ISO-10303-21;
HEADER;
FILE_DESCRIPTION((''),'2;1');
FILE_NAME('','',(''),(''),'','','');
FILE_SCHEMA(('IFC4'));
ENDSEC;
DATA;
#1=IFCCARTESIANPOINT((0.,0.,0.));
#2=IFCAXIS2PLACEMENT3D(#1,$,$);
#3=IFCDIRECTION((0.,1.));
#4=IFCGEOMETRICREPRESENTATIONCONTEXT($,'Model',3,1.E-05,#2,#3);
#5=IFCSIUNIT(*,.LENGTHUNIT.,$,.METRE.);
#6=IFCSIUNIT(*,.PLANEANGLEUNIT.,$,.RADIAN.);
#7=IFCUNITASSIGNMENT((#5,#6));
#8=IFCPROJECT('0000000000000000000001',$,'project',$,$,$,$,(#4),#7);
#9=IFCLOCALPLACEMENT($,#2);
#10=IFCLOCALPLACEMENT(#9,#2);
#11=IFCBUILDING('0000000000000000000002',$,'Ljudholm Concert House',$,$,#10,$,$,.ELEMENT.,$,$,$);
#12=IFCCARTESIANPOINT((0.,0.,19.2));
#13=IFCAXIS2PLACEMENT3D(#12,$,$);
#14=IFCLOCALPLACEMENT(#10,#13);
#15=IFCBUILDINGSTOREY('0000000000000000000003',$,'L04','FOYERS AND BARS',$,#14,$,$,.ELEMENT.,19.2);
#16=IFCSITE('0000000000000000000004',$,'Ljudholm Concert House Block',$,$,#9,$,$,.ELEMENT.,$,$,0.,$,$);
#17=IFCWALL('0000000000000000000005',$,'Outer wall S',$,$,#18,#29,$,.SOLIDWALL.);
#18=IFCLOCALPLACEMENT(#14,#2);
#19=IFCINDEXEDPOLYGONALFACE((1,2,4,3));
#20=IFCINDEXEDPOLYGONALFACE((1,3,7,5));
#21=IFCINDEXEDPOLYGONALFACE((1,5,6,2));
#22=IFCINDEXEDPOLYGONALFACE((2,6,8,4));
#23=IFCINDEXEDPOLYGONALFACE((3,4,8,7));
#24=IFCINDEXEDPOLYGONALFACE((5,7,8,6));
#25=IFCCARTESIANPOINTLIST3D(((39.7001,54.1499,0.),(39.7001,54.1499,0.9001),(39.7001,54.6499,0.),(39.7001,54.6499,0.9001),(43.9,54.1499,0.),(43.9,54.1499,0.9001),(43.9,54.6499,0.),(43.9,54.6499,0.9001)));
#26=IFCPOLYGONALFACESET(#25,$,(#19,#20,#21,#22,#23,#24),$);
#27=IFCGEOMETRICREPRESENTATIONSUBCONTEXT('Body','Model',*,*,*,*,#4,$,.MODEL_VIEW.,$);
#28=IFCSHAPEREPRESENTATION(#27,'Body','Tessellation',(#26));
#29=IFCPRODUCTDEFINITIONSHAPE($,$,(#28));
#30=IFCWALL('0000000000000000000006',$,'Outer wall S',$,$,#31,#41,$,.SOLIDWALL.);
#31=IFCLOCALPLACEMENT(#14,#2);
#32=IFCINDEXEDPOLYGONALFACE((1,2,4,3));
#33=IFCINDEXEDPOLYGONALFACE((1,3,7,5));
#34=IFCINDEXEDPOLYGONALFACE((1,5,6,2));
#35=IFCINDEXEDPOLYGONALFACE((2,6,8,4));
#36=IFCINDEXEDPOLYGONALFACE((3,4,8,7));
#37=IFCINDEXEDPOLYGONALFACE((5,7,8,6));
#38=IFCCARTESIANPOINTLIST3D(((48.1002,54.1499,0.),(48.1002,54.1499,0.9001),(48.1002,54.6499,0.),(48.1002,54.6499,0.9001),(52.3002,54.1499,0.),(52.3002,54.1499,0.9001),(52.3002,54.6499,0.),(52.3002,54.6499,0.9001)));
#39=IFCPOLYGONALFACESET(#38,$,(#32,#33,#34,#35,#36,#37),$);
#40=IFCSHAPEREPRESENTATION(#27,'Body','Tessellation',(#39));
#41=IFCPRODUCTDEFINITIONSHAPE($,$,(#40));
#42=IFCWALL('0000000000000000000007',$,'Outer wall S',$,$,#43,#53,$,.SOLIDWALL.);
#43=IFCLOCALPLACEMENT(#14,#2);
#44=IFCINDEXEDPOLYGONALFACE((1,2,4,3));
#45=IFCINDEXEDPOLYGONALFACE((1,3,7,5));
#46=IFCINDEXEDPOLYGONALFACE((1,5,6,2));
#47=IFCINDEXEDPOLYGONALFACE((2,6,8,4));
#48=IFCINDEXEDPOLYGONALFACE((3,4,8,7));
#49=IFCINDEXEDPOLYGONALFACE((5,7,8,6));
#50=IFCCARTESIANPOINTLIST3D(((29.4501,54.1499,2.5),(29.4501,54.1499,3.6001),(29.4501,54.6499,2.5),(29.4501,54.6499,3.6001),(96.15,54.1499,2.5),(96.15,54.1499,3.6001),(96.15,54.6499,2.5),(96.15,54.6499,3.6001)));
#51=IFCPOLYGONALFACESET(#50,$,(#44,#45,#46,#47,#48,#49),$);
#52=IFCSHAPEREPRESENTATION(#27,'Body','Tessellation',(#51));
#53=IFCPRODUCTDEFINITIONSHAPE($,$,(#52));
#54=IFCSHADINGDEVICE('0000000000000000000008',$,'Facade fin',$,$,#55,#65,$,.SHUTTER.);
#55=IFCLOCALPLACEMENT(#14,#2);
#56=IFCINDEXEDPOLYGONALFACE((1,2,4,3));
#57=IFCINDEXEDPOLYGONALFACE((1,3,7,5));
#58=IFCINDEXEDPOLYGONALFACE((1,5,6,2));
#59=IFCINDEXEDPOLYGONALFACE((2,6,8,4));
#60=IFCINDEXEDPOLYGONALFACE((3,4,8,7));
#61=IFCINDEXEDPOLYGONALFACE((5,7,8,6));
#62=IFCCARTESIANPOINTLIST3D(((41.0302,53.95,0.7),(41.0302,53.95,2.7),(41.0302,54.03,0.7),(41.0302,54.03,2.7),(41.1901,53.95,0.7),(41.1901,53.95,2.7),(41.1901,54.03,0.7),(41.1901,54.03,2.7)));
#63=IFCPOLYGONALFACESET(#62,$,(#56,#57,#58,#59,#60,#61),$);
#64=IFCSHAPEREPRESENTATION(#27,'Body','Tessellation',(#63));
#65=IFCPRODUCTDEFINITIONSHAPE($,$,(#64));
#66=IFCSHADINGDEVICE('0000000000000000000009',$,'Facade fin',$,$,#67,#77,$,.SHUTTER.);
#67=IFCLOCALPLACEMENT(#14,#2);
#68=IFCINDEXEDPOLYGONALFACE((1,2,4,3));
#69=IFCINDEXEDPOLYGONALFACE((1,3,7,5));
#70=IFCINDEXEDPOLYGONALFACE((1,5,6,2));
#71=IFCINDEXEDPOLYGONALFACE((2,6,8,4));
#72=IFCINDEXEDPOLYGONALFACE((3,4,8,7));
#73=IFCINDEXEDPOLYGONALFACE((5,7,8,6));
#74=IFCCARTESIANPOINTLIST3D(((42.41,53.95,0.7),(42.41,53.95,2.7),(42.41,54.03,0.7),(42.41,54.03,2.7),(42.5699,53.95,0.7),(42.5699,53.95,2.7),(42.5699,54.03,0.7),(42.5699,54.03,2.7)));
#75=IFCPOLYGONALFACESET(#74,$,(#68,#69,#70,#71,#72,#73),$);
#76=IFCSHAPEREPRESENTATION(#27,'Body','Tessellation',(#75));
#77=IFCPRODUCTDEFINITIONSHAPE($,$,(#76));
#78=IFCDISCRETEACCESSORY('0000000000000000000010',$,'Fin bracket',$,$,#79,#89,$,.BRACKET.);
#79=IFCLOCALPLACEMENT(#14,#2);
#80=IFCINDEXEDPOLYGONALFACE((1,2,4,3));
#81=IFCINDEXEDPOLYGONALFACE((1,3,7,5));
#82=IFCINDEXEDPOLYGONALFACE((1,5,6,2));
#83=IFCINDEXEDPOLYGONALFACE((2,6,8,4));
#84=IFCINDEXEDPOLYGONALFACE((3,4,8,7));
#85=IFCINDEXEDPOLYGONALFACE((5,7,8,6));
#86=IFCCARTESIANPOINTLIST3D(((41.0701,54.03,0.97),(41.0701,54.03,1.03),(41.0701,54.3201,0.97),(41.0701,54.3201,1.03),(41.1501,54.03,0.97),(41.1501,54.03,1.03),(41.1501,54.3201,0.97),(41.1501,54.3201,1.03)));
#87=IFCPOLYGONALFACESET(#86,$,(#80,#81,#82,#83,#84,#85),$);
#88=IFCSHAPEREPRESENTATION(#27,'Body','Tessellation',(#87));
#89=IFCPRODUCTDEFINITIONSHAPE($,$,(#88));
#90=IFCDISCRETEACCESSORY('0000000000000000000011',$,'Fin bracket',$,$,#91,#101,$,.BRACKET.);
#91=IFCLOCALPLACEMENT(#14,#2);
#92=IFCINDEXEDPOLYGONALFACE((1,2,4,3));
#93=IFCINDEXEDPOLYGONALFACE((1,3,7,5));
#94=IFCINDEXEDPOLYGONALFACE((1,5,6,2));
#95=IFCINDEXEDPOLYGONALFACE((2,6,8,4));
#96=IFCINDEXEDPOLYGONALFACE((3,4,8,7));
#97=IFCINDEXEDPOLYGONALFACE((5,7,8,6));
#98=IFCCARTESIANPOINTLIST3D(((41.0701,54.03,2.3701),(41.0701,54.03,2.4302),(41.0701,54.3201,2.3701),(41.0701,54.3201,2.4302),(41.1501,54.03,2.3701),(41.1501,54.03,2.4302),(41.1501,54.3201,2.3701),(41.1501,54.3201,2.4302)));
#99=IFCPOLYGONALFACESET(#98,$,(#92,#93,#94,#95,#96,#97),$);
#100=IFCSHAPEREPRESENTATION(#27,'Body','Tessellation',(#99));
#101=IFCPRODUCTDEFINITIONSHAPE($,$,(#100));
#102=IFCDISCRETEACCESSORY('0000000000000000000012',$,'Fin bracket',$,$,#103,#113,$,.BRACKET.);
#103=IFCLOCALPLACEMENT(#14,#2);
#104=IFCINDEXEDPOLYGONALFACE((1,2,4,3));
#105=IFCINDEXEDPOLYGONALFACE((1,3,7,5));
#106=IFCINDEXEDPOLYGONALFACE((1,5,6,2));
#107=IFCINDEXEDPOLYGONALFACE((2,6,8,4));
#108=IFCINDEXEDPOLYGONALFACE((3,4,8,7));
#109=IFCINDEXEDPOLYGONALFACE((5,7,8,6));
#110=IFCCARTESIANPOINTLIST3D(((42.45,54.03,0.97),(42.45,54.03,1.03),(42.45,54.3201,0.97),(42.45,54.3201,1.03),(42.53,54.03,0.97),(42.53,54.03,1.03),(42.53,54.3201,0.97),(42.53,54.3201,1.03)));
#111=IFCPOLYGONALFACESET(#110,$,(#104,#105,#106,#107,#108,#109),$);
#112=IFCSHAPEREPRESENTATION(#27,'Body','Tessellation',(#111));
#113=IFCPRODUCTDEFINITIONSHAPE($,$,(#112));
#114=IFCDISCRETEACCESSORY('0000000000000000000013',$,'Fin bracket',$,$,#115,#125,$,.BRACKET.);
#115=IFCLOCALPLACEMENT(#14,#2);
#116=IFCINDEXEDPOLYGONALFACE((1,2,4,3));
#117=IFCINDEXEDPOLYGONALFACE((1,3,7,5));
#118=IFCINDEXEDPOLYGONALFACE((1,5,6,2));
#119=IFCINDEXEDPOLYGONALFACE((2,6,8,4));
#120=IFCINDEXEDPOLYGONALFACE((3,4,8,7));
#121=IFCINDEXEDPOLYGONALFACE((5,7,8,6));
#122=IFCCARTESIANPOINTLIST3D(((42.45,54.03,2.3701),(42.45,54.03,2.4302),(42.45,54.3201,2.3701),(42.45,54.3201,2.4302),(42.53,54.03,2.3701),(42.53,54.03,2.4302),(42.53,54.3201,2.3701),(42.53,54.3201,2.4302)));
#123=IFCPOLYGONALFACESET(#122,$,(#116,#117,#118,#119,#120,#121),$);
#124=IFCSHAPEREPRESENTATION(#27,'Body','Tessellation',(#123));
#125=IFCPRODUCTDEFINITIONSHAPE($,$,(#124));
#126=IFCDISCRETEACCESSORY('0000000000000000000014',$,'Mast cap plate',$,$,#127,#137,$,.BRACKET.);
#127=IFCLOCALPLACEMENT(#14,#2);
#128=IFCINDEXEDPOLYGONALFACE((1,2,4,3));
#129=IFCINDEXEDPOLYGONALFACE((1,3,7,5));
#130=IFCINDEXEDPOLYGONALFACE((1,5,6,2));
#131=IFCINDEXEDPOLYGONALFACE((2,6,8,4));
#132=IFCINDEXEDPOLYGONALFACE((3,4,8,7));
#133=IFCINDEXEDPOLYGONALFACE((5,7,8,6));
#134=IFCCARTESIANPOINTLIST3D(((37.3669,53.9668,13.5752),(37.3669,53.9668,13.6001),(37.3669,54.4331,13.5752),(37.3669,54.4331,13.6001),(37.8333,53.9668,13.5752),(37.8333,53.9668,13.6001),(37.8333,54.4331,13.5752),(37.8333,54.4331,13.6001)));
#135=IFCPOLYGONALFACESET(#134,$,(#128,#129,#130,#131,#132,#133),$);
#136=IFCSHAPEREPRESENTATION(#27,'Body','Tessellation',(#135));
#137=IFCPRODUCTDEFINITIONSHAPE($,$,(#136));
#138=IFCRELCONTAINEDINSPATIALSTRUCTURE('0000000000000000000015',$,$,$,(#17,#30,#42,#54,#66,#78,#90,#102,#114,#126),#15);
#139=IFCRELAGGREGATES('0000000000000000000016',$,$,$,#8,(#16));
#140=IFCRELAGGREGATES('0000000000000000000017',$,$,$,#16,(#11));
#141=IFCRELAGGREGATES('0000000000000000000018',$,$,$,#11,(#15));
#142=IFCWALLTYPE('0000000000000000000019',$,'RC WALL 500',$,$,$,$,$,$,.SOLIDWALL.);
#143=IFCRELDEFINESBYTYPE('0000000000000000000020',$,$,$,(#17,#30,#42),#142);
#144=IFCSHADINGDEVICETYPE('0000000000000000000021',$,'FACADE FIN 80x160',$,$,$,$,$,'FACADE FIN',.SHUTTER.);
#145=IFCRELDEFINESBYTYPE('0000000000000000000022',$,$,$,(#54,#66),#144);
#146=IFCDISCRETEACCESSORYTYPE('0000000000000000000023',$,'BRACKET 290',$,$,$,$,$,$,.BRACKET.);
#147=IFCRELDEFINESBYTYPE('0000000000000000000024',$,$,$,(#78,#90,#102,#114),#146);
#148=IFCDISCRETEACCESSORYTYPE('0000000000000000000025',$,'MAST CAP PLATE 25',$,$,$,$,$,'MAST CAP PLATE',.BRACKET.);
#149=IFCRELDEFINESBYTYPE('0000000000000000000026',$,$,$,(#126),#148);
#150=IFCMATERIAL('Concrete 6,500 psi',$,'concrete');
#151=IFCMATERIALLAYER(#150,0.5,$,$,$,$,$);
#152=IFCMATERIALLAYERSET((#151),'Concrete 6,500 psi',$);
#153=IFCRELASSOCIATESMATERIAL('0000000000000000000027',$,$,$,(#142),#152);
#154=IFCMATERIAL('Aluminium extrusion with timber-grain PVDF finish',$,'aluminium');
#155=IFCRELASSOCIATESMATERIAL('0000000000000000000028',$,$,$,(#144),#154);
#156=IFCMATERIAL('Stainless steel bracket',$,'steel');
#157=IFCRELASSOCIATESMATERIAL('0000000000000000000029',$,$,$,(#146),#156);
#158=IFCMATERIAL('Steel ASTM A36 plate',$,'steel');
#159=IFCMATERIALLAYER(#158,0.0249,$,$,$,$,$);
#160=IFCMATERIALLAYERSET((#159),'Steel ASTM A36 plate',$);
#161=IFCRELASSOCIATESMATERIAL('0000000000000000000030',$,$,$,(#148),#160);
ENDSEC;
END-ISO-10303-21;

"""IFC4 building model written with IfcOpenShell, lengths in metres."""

from ifc_helpers import new_model, si_unit, direction, frame, frame_2d, origin, origin_2d, place, context, subcontext, project, spatial, rectangle, extrude, material, layer, layer_set, type_object, element, save


model = new_model("IFC4")

# Units and contexts
model_context = context("Model", 3, precision=1e-05, world=origin(), true_north=direction((0.0, 1.0)))
body_context = subcontext(model_context, "Body", "Model", "MODEL_VIEW")
ifc_project = project(units=[si_unit("LENGTHUNIT", "METRE"), si_unit("PLANEANGLEUNIT", "RADIAN")], contexts=[model_context])

# Site, building, storey
site_placement = place(None, origin())
site = spatial("IfcSite", under=ifc_project, at=site_placement, Name="Ljudholm Concert House Block", CompositionType="ELEMENT", RefElevation=0.0)
building_placement = place(site_placement, origin())
building = spatial("IfcBuilding", under=site, at=building_placement, Name="Ljudholm Concert House", CompositionType="ELEMENT")
storey_placement = place(building_placement, frame((0.0, 0.0, 19.2)))
storey = spatial("IfcBuildingStorey", under=building, at=storey_placement, Name="L04", Description="FOYERS AND BARS", CompositionType="ELEMENT", Elevation=19.2)

# Walls
ifc_material_1 = material(Name="Concrete 6,500 psi", Category="concrete")
ifc_layer_1 = layer(ifc_material_1, 0.5)
ifc_layer_set_1 = layer_set([ifc_layer_1], Name="Concrete 6,500 psi")
wall_type = type_object("IfcWallType", Name="RC WALL 500", PredefinedType="SOLIDWALL", material=ifc_layer_set_1)
for number, where, z_axis, x_axis, name in (
    (1, (39.7, 54.3999, 0.0), (0.0, 0.0, 1.0), (1.0, 0.0, 0.0), "Outer wall S"),
    (2, (48.1001, 54.3999, 0.0), (0.0, 0.0, 1.0), (1.0, 0.0, 0.0), "Outer wall S"),
):
    element("IfcWall", number, at=place(storey_placement, frame(where, z_axis=z_axis, x_axis=x_axis)), inside=storey, type_object=wall_type, Name=name, PredefinedType="SOLIDWALL", context=body_context, shape_type="SweptSolid", body=[
        extrude(rectangle(XDim=4.2, YDim=0.5, at=frame_2d((2.1001, 0.0))), origin(), (0.0, 0.0, 1.0), 0.9001),
    ])
wall_1_placement = place(storey_placement, frame((29.45, 54.3999, 2.5), z_axis=(0.0, 0.0, 1.0), x_axis=(1.0, 0.0, 0.0)))
element("IfcWall", 3, at=wall_1_placement, inside=storey, type_object=wall_type, Name="Outer wall S", PredefinedType="SOLIDWALL", context=body_context, shape_type="SweptSolid", body=[
    extrude(rectangle(XDim=66.7, YDim=0.5, at=frame_2d((33.3501, 0.0))), origin(), (0.0, 0.0, 1.0), 1.1001),
])

# Shading devices
ifc_material_2 = material(Name="Aluminium extrusion with timber-grain PVDF finish", Category="aluminium")
shading_device_type = type_object("IfcShadingDeviceType", Name="FACADE FIN 80x160", ElementType="FACADE FIN", PredefinedType="SHUTTER", material=ifc_material_2)
for number, where, z_axis, x_axis, name in (
    (4, (41.1101, 53.99, 0.7), (0.0, 0.0, 1.0), (0.0, -1.0, 0.0), "Facade fin"),
    (5, (42.49, 53.99, 0.7), (0.0, 0.0, 1.0), (0.0, -1.0, 0.0), "Facade fin"),
):
    element("IfcShadingDevice", number, at=place(storey_placement, frame(where, z_axis=z_axis, x_axis=x_axis)), inside=storey, type_object=shading_device_type, Name=name, PredefinedType="SHUTTER", context=body_context, shape_type="SweptSolid", body=[
        extrude(rectangle(XDim=0.0801, YDim=0.1599, at=origin_2d()), origin(), (0.0, 0.0, 1.0), 2.0),
    ])

# Discrete accessories
ifc_material_3 = material(Name="Stainless steel bracket", Category="steel")
discrete_accessory_type_1 = type_object("IfcDiscreteAccessoryType", Name="BRACKET 290", PredefinedType="BRACKET", material=ifc_material_3)
for number, where, z_axis, x_axis, name in (
    (6, (41.1101, 54.175, 0.97), (0.0, 0.0, 1.0), (0.0, -1.0, 0.0), "Fin bracket"),
    (7, (41.1101, 54.175, 2.3701), (0.0, 0.0, 1.0), (0.0, -1.0, 0.0), "Fin bracket"),
    (8, (42.49, 54.175, 0.97), (0.0, 0.0, 1.0), (0.0, -1.0, 0.0), "Fin bracket"),
    (9, (42.49, 54.175, 2.3701), (0.0, 0.0, 1.0), (0.0, -1.0, 0.0), "Fin bracket"),
):
    element("IfcDiscreteAccessory", number, at=place(storey_placement, frame(where, z_axis=z_axis, x_axis=x_axis)), inside=storey, type_object=discrete_accessory_type_1, Name=name, PredefinedType="BRACKET", context=body_context, shape_type="SweptSolid", body=[
        extrude(rectangle(XDim=0.29, YDim=0.0801, at=origin_2d()), origin(), (0.0, 0.0, 1.0), 0.0601),
    ])
ifc_material_4 = material(Name="Steel ASTM A36 plate", Category="steel")
ifc_layer_2 = layer(ifc_material_4, 0.0249)
ifc_layer_set_2 = layer_set([ifc_layer_2], Name="Steel ASTM A36 plate")
discrete_accessory_type_2 = type_object("IfcDiscreteAccessoryType", Name="MAST CAP PLATE 25", ElementType="MAST CAP PLATE", PredefinedType="BRACKET", material=ifc_layer_set_2)
discrete_accessory_placement = place(storey_placement, frame((37.6001, 54.2, 13.5752), z_axis=(0.0, 0.0, 1.0), x_axis=(1.0, 0.0, 0.0)))
element("IfcDiscreteAccessory", 10, at=discrete_accessory_placement, inside=storey, type_object=discrete_accessory_type_2, Name="Mast cap plate", PredefinedType="BRACKET", context=body_context, shape_type="SweptSolid", body=[
    extrude(rectangle(XDim=0.4663, YDim=0.4663, at=origin_2d()), origin(), (0.0, 0.0, 1.0), 0.0249),
])

save(model, "model.ifc")
